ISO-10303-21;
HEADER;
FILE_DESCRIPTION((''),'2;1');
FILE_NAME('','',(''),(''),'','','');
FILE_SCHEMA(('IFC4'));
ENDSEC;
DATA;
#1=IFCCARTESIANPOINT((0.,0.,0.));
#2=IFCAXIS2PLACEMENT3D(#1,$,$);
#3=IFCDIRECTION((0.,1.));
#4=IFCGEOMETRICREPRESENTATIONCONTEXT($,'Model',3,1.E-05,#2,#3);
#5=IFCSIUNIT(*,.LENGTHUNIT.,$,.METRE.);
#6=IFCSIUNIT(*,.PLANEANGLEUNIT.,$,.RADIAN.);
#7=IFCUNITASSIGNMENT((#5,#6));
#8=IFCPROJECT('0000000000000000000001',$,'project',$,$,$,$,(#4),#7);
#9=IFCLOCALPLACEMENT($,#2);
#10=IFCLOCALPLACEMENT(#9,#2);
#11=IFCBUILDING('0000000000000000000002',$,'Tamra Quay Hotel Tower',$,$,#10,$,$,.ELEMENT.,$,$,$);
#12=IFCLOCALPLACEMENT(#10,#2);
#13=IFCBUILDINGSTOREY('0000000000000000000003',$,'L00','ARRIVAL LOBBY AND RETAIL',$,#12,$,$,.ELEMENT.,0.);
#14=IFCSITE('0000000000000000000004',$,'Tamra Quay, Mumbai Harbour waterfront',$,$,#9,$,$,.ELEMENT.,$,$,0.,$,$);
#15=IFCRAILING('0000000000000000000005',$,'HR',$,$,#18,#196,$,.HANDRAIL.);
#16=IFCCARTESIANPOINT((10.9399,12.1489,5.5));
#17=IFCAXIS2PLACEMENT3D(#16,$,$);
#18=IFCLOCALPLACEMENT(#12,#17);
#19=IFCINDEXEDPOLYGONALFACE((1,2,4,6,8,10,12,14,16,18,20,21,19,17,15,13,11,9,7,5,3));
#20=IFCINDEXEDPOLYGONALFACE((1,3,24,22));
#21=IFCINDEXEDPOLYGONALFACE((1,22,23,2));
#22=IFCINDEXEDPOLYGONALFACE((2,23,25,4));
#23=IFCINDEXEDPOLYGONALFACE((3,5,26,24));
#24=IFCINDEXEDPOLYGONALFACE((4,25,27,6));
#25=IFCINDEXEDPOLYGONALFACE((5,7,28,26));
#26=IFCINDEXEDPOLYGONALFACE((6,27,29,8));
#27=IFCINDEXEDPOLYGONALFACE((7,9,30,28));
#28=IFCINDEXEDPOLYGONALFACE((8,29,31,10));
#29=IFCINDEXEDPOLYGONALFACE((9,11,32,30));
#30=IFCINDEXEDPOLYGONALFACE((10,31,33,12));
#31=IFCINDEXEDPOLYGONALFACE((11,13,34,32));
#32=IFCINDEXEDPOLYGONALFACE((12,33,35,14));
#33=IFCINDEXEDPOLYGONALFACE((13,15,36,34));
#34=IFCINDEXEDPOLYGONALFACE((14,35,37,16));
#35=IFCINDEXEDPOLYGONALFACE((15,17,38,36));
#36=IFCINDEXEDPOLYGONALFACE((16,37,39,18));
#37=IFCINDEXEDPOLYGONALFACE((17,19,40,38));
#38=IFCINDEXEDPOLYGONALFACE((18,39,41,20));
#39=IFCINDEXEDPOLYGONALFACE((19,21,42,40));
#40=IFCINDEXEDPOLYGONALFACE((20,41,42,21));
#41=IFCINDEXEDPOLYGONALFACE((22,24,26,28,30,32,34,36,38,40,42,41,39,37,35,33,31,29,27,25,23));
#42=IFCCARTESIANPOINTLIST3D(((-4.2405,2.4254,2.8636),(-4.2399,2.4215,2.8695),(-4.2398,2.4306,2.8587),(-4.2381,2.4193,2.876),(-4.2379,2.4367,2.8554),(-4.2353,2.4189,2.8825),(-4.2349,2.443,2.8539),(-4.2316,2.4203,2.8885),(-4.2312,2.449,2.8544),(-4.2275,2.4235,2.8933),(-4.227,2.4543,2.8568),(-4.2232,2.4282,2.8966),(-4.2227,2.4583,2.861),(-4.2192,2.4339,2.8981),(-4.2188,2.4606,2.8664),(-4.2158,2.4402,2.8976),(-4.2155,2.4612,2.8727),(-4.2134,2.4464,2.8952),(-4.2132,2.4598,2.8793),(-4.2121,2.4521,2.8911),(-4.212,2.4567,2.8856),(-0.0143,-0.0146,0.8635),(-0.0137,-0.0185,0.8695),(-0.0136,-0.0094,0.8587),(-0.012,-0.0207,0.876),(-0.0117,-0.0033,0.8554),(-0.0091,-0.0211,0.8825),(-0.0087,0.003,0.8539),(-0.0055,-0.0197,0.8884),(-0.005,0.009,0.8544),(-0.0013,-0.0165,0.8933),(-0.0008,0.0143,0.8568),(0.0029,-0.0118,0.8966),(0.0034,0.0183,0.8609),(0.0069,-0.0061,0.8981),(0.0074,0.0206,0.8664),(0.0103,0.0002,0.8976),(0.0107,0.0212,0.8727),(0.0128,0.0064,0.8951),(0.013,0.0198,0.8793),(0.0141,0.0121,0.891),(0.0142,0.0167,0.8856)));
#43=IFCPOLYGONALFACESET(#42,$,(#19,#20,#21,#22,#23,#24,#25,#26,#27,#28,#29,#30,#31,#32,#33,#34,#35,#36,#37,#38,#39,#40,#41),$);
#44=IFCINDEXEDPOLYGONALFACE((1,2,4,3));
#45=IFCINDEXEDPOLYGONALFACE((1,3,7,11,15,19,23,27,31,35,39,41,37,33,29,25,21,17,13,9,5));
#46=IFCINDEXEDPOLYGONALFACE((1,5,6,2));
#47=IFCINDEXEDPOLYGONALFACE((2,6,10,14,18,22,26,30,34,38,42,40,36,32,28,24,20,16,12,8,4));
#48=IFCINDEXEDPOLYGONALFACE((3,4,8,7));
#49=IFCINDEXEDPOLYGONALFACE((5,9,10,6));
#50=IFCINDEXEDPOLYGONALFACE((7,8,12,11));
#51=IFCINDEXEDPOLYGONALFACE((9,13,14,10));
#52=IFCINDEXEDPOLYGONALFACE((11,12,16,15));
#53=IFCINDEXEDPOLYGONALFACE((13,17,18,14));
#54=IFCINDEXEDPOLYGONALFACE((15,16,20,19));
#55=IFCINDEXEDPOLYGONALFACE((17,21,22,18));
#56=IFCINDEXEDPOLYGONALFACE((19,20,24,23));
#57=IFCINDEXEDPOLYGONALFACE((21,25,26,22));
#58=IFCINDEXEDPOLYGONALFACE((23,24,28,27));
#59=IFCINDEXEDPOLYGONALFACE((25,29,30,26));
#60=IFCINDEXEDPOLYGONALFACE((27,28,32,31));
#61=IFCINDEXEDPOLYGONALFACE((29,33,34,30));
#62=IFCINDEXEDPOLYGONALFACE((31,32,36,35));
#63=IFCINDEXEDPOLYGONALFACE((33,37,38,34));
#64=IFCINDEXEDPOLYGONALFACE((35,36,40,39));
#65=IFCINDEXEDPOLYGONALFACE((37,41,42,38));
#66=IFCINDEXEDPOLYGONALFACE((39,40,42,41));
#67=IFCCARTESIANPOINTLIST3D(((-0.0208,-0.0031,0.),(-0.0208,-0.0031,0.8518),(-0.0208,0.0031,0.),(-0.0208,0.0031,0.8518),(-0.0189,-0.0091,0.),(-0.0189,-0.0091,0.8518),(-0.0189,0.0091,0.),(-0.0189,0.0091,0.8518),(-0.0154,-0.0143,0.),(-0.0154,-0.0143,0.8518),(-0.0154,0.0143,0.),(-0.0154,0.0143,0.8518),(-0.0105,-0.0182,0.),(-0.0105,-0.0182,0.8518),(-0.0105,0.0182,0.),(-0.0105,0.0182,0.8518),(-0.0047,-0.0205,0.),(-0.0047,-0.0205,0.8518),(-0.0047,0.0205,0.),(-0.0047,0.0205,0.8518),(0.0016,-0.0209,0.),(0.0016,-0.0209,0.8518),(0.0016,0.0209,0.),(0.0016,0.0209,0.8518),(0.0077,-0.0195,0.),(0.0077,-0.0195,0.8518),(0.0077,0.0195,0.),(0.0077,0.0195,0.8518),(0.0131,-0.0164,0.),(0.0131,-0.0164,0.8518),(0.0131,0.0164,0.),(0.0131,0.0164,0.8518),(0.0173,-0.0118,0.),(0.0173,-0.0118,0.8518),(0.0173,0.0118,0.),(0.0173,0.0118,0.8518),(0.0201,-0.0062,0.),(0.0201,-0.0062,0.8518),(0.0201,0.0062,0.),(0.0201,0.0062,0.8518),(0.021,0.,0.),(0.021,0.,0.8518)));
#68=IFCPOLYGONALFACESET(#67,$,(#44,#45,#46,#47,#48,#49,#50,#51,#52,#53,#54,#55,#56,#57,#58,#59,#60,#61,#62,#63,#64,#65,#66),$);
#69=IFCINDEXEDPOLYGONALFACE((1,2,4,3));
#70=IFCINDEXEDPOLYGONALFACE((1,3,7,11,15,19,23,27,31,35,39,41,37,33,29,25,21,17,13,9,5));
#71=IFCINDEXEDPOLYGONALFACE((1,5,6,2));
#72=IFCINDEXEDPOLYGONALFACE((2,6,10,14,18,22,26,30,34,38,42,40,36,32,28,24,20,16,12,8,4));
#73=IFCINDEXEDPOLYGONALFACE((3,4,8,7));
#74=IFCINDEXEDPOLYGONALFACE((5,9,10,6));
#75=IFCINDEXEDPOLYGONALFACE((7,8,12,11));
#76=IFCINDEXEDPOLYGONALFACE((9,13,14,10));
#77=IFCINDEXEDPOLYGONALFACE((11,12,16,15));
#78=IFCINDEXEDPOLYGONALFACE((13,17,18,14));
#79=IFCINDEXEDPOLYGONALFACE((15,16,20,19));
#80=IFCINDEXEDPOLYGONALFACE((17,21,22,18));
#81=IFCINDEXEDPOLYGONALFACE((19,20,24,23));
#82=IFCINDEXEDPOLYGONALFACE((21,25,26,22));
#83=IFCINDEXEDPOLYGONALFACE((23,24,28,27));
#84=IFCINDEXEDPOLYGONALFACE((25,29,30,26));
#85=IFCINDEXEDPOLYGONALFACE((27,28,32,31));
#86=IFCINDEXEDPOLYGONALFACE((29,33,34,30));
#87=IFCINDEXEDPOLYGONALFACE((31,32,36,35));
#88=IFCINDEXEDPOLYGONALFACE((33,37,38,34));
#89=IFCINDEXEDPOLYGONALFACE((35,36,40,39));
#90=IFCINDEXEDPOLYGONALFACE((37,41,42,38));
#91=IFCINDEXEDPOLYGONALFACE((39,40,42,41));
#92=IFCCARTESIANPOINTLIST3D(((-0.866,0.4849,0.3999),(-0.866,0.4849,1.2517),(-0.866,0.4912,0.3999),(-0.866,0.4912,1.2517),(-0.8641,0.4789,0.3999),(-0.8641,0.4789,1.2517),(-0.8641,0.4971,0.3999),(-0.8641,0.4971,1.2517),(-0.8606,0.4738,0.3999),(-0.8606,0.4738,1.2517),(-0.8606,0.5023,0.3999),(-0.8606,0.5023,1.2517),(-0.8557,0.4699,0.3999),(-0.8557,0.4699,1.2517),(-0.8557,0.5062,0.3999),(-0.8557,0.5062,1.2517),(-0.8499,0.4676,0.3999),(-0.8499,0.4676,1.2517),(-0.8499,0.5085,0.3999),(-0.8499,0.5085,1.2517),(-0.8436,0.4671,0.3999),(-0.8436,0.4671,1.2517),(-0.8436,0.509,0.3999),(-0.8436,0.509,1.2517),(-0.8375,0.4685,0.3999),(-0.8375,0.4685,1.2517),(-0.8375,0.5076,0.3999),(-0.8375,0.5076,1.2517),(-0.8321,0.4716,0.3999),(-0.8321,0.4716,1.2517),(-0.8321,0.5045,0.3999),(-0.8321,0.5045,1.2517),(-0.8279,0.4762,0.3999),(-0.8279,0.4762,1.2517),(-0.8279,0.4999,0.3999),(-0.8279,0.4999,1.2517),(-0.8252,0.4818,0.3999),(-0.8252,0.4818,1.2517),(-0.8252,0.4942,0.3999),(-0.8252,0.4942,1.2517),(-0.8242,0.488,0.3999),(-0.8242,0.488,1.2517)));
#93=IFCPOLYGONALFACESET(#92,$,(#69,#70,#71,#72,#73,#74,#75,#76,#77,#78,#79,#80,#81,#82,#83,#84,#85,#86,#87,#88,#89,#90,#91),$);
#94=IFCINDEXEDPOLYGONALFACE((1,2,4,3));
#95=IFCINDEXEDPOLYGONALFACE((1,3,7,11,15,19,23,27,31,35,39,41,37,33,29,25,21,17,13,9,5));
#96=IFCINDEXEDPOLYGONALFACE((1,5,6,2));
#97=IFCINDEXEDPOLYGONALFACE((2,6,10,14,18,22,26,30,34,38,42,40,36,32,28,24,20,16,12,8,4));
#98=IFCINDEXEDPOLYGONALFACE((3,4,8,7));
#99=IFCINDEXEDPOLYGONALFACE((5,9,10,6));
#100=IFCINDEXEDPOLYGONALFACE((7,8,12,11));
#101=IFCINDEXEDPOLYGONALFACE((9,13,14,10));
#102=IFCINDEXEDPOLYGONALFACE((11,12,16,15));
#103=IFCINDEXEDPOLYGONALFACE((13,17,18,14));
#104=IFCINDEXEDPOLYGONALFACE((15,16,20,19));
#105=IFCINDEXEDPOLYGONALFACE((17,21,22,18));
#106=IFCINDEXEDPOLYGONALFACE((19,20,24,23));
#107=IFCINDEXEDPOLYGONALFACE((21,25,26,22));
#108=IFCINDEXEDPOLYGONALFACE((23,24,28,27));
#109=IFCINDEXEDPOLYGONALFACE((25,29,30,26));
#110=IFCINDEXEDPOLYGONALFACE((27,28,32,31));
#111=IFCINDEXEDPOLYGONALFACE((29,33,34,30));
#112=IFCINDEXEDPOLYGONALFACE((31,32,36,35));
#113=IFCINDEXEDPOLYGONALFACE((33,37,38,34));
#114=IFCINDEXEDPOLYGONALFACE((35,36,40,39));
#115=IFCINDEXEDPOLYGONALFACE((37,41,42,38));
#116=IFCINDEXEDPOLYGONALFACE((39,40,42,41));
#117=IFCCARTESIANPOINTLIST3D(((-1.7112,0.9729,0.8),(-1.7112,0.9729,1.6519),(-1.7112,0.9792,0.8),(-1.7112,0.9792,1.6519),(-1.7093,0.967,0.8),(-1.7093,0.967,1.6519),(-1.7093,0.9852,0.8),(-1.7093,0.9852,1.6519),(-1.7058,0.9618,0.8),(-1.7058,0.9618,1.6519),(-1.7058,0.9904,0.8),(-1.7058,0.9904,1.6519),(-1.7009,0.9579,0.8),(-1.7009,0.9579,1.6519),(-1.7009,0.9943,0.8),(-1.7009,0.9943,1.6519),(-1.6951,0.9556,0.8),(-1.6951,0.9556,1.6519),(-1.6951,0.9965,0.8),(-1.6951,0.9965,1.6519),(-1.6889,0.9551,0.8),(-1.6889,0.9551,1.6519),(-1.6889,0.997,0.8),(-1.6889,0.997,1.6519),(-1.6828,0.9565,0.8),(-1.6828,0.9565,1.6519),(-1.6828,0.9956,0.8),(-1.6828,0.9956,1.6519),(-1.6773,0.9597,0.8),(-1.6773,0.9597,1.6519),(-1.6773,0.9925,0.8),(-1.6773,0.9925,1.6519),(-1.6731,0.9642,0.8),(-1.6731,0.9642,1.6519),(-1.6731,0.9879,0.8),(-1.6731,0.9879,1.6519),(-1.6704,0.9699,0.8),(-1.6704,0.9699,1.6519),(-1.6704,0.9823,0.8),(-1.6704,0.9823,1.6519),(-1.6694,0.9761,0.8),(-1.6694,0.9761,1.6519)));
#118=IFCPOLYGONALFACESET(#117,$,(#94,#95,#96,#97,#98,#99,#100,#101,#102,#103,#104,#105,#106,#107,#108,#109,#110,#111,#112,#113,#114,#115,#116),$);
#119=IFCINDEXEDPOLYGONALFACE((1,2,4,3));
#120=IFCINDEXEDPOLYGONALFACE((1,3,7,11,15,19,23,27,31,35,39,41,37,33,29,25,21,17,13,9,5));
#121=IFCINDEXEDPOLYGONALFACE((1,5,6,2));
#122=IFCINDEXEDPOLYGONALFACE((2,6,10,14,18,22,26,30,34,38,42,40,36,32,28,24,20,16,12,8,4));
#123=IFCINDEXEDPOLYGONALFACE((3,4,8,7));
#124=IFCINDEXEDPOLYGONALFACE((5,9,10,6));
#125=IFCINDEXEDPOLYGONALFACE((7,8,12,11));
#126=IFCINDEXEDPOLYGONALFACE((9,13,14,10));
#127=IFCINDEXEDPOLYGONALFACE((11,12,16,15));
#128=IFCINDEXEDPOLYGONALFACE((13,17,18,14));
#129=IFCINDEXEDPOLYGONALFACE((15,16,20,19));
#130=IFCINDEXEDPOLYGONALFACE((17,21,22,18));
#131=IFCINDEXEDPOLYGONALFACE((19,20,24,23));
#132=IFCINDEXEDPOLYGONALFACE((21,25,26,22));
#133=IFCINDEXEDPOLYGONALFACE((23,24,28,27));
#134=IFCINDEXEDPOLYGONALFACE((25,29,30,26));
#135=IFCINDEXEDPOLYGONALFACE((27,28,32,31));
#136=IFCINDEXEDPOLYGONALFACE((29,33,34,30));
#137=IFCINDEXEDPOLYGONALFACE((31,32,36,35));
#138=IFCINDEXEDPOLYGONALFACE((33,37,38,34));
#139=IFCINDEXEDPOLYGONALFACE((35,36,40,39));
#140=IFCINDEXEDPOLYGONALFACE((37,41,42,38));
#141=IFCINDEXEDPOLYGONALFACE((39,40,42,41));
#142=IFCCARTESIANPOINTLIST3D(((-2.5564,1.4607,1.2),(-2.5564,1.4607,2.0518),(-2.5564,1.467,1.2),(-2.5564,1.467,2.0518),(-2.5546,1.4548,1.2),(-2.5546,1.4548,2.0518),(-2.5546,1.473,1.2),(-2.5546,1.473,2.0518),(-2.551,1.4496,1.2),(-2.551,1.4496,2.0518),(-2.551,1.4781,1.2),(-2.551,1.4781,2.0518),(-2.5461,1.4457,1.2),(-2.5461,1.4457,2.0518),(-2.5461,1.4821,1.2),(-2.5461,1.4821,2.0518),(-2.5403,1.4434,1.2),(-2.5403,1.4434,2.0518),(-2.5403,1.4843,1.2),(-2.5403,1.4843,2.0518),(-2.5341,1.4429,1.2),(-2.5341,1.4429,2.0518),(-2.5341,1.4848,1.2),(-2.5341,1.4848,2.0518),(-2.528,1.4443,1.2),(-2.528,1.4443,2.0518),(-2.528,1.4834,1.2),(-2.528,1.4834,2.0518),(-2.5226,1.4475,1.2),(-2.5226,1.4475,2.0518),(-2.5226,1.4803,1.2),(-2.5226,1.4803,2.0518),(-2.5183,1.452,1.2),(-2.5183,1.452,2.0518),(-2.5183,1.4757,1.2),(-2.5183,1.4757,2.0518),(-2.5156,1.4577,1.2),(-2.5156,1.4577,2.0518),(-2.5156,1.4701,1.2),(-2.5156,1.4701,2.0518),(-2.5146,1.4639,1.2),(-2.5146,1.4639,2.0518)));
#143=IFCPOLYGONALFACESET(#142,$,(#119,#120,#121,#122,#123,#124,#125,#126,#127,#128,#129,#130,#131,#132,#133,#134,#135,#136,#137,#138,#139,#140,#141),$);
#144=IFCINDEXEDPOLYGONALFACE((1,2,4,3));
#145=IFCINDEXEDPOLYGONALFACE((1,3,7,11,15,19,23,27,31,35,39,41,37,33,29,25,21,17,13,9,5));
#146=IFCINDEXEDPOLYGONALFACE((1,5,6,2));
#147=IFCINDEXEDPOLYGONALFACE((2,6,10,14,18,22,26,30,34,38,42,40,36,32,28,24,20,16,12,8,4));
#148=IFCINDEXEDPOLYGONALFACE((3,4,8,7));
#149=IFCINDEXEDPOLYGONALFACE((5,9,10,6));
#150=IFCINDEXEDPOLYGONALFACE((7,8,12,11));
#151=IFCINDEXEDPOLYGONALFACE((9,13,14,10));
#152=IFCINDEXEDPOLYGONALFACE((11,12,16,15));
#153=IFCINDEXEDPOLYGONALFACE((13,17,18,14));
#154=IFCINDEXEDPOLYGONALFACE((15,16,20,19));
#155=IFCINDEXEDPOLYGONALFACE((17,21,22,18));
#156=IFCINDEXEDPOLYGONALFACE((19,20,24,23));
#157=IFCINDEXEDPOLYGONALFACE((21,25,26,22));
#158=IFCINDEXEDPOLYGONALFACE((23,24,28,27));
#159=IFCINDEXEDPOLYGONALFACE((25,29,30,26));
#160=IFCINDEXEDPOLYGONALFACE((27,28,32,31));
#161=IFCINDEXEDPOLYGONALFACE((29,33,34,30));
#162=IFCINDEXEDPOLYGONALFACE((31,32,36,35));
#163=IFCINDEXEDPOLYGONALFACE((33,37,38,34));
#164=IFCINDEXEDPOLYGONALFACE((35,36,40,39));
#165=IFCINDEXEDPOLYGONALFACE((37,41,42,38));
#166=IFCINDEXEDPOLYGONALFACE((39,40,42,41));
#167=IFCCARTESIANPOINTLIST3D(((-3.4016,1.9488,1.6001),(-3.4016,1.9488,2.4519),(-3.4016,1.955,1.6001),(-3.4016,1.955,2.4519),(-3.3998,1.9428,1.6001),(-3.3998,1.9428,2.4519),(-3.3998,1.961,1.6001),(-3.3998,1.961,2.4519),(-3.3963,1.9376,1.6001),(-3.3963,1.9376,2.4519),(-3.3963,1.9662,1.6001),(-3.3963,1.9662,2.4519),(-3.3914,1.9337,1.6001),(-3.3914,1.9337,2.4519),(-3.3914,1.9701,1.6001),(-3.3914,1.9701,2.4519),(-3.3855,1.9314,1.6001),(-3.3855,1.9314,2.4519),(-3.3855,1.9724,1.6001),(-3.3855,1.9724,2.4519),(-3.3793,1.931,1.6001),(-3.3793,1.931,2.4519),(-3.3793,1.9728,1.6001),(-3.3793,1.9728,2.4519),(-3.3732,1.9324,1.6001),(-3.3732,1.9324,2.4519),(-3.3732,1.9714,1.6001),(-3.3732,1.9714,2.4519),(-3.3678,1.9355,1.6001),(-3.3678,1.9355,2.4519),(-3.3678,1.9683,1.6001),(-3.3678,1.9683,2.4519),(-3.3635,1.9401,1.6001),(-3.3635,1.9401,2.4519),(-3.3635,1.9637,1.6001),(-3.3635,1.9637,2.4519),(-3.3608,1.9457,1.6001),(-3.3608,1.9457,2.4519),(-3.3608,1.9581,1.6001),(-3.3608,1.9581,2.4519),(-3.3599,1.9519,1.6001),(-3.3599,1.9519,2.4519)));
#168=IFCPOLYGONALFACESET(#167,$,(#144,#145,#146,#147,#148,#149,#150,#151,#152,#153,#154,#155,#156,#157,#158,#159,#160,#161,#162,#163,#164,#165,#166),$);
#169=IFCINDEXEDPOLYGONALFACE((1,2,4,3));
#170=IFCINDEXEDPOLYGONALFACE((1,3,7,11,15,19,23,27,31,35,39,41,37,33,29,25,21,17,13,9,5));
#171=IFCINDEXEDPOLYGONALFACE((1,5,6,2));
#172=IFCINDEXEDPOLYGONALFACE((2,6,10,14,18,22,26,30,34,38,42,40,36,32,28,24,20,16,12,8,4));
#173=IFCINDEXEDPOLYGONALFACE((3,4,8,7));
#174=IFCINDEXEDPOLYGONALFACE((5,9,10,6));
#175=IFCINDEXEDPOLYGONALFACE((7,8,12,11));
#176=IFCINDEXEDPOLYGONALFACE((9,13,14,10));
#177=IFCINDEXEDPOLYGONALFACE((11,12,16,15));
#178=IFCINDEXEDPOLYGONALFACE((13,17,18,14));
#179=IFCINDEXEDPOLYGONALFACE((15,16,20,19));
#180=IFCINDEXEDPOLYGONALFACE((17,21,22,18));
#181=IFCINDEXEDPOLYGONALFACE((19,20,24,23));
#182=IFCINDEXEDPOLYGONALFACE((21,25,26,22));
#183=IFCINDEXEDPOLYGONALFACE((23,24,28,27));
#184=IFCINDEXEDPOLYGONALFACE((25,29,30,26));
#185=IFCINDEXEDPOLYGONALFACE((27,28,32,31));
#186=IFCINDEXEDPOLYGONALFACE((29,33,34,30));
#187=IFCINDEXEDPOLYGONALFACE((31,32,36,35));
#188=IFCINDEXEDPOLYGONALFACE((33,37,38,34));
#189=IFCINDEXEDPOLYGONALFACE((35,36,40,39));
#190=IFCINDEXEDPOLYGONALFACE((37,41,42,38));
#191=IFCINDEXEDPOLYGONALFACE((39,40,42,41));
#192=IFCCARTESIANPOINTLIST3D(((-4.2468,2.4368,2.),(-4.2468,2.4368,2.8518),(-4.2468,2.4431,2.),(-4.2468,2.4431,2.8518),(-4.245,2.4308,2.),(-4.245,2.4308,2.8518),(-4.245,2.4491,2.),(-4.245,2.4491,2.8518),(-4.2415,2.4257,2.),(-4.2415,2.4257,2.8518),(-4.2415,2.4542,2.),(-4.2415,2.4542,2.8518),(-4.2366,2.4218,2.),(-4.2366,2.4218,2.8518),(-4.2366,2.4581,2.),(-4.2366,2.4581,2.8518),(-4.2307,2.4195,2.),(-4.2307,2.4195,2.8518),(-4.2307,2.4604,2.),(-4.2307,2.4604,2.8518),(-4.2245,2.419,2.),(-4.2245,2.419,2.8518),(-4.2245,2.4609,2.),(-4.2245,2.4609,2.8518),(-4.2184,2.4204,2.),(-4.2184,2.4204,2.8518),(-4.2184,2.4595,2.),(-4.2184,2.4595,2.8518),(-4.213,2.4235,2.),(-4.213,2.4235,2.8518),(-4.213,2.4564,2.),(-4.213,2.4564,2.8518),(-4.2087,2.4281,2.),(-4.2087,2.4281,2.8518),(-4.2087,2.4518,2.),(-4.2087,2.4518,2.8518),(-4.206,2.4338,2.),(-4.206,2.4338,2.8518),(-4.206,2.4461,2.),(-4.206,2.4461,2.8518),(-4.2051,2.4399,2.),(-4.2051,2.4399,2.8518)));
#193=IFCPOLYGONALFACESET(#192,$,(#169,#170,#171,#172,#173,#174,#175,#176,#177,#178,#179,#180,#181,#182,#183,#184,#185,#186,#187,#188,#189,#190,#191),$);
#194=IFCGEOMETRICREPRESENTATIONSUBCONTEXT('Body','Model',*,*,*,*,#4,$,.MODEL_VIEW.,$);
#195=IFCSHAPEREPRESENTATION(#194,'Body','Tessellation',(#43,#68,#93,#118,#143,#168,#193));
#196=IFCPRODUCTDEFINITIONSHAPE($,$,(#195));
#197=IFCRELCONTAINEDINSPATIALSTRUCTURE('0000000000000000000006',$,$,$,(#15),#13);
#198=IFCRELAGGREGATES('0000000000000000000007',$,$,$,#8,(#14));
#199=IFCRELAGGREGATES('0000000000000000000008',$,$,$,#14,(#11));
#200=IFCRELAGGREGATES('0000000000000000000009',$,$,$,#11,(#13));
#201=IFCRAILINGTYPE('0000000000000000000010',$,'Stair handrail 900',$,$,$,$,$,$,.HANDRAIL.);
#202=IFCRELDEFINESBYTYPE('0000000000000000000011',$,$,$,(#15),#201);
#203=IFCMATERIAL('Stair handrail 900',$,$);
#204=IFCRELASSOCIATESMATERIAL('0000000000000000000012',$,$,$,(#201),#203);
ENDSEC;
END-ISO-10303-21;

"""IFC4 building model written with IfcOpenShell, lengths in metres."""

from ifc_helpers import new_model, si_unit, direction, frame, origin, origin_2d, place, context, subcontext, project, spatial, circle, extrude, material, type_object, element, save


model = new_model("IFC4")

# Units and contexts
model_context = context("Model", 3, precision=1e-05, world=origin(), true_north=direction((0.0, 1.0)))
body_context = subcontext(model_context, "Body", "Model", "MODEL_VIEW")
ifc_project = project(units=[si_unit("LENGTHUNIT", "METRE"), si_unit("PLANEANGLEUNIT", "RADIAN")], contexts=[model_context])

# Site, building, storey
site_placement = place(None, origin())
site = spatial("IfcSite", under=ifc_project, at=site_placement, Name="Tamra Quay, Mumbai Harbour waterfront", CompositionType="ELEMENT", RefElevation=0.0)
building_placement = place(site_placement, origin())
building = spatial("IfcBuilding", under=site, at=building_placement, Name="Tamra Quay Hotel Tower", CompositionType="ELEMENT")
storey_placement = place(building_placement, origin())
storey = spatial("IfcBuildingStorey", under=building, at=storey_placement, Name="L00", Description="ARRIVAL LOBBY AND RETAIL", CompositionType="ELEMENT", Elevation=0.0)

# Railing
ifc_material_1 = material(Name="Stair handrail 900")
railing_type_1 = type_object("IfcRailingType", Name="Stair handrail 900", PredefinedType="HANDRAIL", material=ifc_material_1)
railing_1_placement = place(storey_placement, frame((10.9399, 12.1489, 5.5)))
element("IfcRailing", 1, at=railing_1_placement, inside=storey, type_object=railing_type_1, Name="HR", PredefinedType="HANDRAIL", context=body_context, shape_type="SweptSolid", body=[
    extrude(circle(Radius=0.0239, at=origin_2d()), frame((0.0, 0.0, 0.876), z_axis=(-0.801333, 0.462653, 0.379233), x_axis=(-0.500003, -0.866024, 0.0)), (0.0, 0.0, 1.0), 5.2739),
    extrude(circle(Radius=0.021, at=origin_2d()), origin(), (0.0, 0.0, 1.0), 0.8518),
    extrude(circle(Radius=0.021, at=origin_2d()), frame((-0.8452, 0.488, 0.3999)), (0.0, 0.0, 1.0), 0.8518),
    extrude(circle(Radius=0.021, at=origin_2d()), frame((-1.6904, 0.9761, 0.8)), (0.0, 0.0, 1.0), 0.8518),
    extrude(circle(Radius=0.021, at=origin_2d()), frame((-2.5356, 1.4639, 1.2)), (0.0, 0.0, 1.0), 0.8518),
    extrude(circle(Radius=0.021, at=origin_2d()), frame((-3.3809, 1.9519, 1.6001)), (0.0, 0.0, 1.0), 0.8518),
    extrude(circle(Radius=0.021, at=origin_2d()), frame((-4.2261, 2.4399, 2.0)), (0.0, 0.0, 1.0), 0.8518),
])

save(model, "model.ifc")
